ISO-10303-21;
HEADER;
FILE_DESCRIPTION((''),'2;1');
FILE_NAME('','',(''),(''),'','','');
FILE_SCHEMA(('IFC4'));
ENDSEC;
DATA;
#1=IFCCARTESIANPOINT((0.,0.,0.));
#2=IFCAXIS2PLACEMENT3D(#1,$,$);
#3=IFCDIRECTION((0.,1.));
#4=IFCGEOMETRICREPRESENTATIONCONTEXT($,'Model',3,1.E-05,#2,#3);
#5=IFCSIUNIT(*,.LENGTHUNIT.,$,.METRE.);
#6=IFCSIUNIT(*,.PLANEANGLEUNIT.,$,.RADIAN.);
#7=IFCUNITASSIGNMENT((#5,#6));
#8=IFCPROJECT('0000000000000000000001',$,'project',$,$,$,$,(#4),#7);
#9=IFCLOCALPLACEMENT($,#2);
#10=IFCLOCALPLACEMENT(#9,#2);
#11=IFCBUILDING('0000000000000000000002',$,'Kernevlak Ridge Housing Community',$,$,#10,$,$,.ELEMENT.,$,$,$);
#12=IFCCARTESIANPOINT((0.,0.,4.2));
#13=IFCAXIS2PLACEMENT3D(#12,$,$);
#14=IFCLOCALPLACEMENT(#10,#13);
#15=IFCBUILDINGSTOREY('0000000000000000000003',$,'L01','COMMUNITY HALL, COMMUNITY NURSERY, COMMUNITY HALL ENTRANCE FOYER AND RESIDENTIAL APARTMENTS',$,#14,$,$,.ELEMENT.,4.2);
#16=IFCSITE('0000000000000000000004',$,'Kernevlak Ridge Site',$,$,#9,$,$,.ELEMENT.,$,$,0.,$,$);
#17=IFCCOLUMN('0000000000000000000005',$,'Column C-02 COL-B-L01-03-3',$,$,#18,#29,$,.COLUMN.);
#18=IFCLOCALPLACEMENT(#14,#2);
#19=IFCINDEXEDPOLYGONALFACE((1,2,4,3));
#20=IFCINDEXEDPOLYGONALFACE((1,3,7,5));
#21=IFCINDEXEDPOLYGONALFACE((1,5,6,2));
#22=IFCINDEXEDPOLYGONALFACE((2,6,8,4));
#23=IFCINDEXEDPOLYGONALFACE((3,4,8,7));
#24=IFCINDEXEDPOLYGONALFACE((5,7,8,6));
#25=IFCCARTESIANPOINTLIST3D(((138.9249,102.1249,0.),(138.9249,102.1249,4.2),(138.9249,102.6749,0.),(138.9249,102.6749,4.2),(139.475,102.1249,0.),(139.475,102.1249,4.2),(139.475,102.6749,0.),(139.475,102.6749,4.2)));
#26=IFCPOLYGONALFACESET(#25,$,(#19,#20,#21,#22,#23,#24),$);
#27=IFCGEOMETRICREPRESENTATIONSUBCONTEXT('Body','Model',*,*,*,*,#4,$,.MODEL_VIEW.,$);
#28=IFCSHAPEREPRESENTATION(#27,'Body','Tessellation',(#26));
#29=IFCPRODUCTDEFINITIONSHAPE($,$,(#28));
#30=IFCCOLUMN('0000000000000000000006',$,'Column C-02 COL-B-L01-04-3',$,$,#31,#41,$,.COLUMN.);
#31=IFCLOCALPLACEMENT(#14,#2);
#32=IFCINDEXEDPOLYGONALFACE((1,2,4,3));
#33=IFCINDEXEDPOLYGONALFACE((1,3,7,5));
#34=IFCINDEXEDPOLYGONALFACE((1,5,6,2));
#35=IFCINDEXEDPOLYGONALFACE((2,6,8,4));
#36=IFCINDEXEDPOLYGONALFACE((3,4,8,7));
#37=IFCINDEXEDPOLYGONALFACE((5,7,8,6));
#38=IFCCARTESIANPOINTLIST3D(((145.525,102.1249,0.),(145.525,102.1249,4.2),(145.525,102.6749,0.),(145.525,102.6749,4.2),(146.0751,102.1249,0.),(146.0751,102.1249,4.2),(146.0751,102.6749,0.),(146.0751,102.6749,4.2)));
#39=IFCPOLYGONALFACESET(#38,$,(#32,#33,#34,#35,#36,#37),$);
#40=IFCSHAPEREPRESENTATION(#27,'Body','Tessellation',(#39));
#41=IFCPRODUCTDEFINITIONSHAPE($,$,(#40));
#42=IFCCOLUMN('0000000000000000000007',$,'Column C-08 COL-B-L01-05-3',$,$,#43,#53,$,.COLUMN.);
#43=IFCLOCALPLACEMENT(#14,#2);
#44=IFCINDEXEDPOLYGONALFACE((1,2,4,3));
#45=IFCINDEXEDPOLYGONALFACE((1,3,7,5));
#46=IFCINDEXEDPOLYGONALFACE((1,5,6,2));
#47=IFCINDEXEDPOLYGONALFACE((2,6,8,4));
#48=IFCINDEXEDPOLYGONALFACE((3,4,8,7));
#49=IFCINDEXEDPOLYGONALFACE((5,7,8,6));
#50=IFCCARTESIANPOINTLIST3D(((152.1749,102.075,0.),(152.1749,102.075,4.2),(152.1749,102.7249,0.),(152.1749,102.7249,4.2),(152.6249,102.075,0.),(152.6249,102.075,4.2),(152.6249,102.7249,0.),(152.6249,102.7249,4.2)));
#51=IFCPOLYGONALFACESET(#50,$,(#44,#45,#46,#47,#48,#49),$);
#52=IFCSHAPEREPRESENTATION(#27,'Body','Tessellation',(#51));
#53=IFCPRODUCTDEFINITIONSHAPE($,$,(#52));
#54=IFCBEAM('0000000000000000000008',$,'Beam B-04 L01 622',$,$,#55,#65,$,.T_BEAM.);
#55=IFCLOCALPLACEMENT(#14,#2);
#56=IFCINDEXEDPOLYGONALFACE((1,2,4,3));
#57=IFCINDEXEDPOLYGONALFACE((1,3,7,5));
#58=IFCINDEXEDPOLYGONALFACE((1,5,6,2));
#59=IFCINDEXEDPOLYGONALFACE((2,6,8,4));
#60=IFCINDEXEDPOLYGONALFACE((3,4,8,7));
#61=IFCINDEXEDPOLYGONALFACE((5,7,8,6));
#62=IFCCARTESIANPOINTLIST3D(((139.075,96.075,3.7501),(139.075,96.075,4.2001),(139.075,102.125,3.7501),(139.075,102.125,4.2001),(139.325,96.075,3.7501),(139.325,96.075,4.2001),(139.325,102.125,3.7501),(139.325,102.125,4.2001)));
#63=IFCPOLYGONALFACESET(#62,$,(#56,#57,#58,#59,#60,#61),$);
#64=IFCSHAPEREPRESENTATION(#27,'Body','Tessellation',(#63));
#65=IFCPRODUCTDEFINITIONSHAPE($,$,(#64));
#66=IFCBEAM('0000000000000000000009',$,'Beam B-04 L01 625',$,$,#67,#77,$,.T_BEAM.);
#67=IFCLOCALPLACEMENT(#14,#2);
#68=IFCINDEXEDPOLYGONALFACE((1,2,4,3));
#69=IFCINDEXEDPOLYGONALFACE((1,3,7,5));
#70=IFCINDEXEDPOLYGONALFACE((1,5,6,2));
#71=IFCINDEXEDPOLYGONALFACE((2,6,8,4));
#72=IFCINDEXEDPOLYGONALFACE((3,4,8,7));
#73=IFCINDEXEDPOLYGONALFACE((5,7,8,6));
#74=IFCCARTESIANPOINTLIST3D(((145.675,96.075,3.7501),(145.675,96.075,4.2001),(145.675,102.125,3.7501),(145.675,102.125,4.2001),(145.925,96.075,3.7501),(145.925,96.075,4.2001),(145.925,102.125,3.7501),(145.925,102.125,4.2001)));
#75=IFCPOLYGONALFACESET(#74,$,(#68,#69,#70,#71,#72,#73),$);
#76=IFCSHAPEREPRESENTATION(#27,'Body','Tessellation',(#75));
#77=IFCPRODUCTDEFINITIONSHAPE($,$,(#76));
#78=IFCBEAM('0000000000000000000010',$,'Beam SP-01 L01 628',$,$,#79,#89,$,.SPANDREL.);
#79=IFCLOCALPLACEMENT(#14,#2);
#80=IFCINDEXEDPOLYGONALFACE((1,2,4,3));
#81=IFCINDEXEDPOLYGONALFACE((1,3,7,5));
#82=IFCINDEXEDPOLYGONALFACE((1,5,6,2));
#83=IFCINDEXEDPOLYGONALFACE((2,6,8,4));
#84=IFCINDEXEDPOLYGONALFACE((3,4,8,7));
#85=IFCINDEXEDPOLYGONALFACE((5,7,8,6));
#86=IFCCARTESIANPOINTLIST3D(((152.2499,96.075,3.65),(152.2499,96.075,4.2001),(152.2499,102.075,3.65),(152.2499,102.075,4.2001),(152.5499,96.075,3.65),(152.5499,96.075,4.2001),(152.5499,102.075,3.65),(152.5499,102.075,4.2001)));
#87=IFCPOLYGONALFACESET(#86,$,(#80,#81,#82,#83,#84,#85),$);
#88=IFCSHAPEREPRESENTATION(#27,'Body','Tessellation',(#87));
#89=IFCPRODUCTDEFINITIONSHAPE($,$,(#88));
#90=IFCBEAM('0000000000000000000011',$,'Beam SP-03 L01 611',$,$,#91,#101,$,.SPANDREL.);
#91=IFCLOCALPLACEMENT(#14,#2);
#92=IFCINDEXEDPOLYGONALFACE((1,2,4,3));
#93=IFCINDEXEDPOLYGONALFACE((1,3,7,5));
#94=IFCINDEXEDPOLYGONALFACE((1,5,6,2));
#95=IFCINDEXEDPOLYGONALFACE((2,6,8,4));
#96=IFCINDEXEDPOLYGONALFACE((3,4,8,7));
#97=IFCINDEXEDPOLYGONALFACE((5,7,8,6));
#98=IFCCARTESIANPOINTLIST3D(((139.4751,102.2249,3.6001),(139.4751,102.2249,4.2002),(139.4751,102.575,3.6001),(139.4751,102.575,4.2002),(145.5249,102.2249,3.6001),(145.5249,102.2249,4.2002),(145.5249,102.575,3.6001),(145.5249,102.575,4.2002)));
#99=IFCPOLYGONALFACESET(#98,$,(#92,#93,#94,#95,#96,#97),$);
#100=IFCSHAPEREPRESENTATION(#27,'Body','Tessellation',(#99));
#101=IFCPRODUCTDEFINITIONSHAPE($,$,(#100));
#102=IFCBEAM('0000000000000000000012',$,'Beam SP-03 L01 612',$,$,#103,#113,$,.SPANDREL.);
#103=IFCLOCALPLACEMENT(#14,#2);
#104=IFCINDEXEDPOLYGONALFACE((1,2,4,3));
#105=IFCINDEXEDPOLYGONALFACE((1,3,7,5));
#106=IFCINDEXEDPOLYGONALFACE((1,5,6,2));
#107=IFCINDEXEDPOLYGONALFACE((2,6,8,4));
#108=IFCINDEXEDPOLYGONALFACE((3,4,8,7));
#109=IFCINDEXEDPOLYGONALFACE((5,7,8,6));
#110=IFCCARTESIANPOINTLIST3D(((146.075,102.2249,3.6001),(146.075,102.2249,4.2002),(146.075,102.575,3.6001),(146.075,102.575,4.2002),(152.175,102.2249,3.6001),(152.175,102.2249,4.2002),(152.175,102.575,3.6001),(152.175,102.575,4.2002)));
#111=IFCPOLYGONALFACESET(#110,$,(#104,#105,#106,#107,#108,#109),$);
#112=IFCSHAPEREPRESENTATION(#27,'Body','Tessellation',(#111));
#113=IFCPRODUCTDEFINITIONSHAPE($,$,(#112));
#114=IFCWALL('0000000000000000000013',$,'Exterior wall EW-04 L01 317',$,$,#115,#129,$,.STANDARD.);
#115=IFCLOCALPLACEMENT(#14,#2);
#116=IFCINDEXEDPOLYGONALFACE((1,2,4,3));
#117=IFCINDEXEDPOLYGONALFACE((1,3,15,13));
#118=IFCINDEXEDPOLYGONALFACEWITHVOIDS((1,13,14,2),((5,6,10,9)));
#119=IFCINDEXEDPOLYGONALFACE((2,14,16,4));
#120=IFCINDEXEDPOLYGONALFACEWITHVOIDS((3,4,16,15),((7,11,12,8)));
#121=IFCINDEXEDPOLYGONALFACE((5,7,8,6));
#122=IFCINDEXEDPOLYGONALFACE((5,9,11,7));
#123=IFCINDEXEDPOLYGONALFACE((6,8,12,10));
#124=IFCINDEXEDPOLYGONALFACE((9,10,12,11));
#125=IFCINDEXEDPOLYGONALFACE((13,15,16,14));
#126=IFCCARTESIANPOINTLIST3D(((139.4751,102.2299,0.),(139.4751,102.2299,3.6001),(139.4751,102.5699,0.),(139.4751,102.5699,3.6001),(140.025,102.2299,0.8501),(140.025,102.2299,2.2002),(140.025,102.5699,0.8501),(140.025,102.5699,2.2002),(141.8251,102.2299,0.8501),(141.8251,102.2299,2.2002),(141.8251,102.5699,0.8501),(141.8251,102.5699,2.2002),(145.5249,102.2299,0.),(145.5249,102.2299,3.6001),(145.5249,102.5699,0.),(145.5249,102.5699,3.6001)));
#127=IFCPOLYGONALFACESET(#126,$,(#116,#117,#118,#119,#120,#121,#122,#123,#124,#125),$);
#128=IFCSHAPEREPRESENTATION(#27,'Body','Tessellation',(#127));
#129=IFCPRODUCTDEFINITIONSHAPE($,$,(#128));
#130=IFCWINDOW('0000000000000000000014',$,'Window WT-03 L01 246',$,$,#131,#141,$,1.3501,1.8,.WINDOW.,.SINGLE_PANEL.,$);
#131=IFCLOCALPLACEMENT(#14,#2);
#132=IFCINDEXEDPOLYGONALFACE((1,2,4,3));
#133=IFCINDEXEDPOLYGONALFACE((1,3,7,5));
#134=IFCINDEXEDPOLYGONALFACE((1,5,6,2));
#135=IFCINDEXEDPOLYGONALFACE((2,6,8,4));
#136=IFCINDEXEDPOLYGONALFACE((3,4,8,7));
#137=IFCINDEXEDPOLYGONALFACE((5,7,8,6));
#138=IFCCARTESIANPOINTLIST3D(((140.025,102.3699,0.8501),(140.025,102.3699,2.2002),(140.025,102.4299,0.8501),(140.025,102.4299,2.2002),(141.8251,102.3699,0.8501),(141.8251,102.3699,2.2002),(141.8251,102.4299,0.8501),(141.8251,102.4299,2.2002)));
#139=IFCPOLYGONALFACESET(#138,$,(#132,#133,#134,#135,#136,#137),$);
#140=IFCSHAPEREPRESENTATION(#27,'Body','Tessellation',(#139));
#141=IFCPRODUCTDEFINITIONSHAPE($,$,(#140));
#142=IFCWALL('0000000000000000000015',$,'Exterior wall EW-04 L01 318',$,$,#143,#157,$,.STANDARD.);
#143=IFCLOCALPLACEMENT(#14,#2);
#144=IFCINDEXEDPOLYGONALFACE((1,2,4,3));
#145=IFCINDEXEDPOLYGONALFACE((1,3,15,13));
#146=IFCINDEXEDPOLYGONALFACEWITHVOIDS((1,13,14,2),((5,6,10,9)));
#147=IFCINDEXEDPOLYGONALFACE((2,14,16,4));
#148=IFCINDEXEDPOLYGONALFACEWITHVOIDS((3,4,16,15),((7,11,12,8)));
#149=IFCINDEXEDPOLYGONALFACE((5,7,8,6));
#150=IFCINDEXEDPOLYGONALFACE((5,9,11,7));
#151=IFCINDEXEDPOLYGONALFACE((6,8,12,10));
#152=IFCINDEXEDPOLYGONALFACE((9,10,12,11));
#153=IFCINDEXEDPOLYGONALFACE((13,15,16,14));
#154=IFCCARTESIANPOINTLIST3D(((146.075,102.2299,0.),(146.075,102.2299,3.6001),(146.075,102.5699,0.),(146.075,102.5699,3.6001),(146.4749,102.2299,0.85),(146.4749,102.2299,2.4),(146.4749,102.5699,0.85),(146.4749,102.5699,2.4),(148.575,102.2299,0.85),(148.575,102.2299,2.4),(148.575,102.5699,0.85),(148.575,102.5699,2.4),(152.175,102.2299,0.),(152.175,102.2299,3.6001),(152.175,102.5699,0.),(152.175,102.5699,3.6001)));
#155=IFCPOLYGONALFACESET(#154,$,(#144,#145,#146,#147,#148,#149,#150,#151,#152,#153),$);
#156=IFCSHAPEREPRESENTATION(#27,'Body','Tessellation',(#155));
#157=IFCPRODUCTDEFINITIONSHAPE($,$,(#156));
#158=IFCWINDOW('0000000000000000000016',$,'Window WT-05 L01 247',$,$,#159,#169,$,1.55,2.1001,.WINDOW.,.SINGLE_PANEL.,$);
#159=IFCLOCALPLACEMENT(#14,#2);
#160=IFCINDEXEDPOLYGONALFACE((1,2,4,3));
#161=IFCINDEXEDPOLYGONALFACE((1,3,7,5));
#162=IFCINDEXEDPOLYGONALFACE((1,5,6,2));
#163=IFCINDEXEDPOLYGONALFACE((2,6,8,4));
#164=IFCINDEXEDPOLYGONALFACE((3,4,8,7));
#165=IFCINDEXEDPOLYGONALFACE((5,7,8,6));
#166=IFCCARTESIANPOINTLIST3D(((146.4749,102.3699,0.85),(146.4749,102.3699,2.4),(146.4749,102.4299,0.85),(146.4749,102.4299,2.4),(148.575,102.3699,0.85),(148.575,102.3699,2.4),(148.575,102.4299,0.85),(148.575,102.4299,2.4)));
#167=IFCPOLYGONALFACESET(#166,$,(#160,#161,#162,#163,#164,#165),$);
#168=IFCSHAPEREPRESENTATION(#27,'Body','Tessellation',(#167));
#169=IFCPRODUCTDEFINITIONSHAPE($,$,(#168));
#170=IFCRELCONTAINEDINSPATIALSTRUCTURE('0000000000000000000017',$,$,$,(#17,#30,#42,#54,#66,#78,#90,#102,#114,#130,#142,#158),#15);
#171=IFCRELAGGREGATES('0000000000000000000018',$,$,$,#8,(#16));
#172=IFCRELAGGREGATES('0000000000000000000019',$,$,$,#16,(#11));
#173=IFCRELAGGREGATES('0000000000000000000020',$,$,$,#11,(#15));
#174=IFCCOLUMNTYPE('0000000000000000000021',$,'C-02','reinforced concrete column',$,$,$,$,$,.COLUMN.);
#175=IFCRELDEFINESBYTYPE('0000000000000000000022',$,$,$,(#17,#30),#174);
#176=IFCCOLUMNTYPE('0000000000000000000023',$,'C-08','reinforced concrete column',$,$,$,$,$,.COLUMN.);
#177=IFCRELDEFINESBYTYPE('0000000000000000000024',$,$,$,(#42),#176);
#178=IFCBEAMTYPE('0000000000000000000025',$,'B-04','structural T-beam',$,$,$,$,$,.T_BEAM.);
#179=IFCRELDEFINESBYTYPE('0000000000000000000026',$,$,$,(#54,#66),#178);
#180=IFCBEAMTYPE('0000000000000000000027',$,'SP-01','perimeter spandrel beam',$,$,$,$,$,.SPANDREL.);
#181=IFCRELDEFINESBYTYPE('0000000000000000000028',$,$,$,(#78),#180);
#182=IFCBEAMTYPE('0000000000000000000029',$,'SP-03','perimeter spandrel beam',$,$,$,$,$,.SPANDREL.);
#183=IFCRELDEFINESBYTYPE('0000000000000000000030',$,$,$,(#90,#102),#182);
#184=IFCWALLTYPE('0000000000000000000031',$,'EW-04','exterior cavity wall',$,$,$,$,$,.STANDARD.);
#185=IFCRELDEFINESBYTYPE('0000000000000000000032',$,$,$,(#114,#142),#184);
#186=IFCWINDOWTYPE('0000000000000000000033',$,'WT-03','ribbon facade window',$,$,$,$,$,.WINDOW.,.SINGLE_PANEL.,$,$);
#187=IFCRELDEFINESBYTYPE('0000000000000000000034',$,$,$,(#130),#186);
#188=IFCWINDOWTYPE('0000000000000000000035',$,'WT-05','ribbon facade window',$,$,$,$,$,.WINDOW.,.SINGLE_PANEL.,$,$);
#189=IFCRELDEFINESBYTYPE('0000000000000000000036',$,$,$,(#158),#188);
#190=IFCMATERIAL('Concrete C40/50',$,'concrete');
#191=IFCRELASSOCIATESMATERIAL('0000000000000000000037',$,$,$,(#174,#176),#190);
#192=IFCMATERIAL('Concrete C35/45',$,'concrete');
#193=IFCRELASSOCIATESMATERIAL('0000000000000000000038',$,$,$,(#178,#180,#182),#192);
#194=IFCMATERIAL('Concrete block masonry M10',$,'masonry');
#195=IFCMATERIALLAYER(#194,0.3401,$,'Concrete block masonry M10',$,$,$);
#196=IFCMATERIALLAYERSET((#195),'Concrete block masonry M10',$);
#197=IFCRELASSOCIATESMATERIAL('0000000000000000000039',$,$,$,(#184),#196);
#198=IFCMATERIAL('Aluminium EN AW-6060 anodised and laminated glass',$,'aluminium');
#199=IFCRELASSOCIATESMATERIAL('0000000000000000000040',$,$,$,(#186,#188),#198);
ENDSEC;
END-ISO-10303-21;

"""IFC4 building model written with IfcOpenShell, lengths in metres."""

from ifc_helpers import new_model, si_unit, direction, frame, frame_2d, origin, origin_2d, place, context, subcontext, project, spatial, rectangle, extrude, material, layer, layer_set, material_profile, profile_set, type_object, element, fill, save


model = new_model("IFC4")

# Units and contexts
model_context = context("Model", 3, precision=1e-05, world=origin(), true_north=direction((0.0, 1.0)))
body_context = subcontext(model_context, "Body", "Model", "MODEL_VIEW")
ifc_project = project(units=[si_unit("LENGTHUNIT", "METRE"), si_unit("PLANEANGLEUNIT", "RADIAN")], contexts=[model_context])

# Site, building, storey
site_placement = place(None, origin())
site = spatial("IfcSite", under=ifc_project, at=site_placement, Name="Kernevlak Ridge Site", CompositionType="ELEMENT", RefElevation=0.0)
building_placement = place(site_placement, origin())
building = spatial("IfcBuilding", under=site, at=building_placement, Name="Kernevlak Ridge Housing Community", CompositionType="ELEMENT")
storey_placement = place(building_placement, frame((0.0, 0.0, 4.2)))
storey = spatial("IfcBuildingStorey", under=building, at=storey_placement, Name="L01", Description="COMMUNITY HALL, COMMUNITY NURSERY, COMMUNITY HALL ENTRANCE FOYER AND RESIDENTIAL APARTMENTS", CompositionType="ELEMENT", Elevation=4.2)

# Columns
ifc_material_1 = material(Name="Concrete C40/50", Category="concrete")
ifc_material_profile_1 = material_profile(ifc_material_1, rectangle(XDim=0.55, YDim=0.55, at=origin_2d()), Name="RC 550x550")
ifc_profile_set_1 = profile_set([ifc_material_profile_1], Name="Concrete C40/50")
column_type_1 = type_object("IfcColumnType", Name="C-02", Description="reinforced concrete column", PredefinedType="COLUMN", material=ifc_profile_set_1)
for number, where, z_axis, x_axis, name in (
    (1, (139.2, 102.3999, 0.0), (0.0, 0.0, 1.0), (1.0, 0.0, 0.0), "Column C-02 COL-B-L01-03-3"),
    (2, (145.8, 102.3999, 0.0), (0.0, 0.0, 1.0), (1.0, 0.0, 0.0), "Column C-02 COL-B-L01-04-3"),
):
    element("IfcColumn", number, at=place(storey_placement, frame(where, z_axis=z_axis, x_axis=x_axis)), inside=storey, type_object=column_type_1, Name=name, PredefinedType="COLUMN", context=body_context, shape_type="SweptSolid", body=[
        extrude(rectangle(XDim=0.55, YDim=0.55, at=origin_2d()), origin(), (0.0, 0.0, 1.0), 4.2),
    ])
ifc_material_profile_2 = material_profile(ifc_material_1, rectangle(XDim=0.45, YDim=0.6499, at=origin_2d()), Name="RC 450x650")
ifc_profile_set_2 = profile_set([ifc_material_profile_2], Name="Concrete C40/50")
column_type_2 = type_object("IfcColumnType", Name="C-08", Description="reinforced concrete column", PredefinedType="COLUMN", material=ifc_profile_set_2)
column_placement = place(storey_placement, frame((152.3999, 102.3999, 0.0), z_axis=(0.0, 0.0, 1.0), x_axis=(1.0, 0.0, 0.0)))
element("IfcColumn", 3, at=column_placement, inside=storey, type_object=column_type_2, Name="Column C-08 COL-B-L01-05-3", PredefinedType="COLUMN", context=body_context, shape_type="SweptSolid", body=[
    extrude(rectangle(XDim=0.45, YDim=0.6499, at=origin_2d()), origin(), (0.0, 0.0, 1.0), 4.2),
])

# Beams
ifc_material_2 = material(Name="Concrete C35/45", Category="concrete")
ifc_material_profile_3 = material_profile(ifc_material_2, rectangle(XDim=0.25, YDim=0.45, at=origin_2d()), Name="RC 250x450")
ifc_profile_set_3 = profile_set([ifc_material_profile_3], Name="Concrete C35/45")
beam_type_1 = type_object("IfcBeamType", Name="B-04", Description="structural T-beam", PredefinedType="T_BEAM", material=ifc_profile_set_3)
for number, where, z_axis, x_axis, name in (
    (4, (139.2, 96.075, 3.9751), (0.0, 1.0, 0.0), (-1.0, 0.0, 0.0), "Beam B-04 L01 622"),
    (5, (145.8, 96.075, 3.9751), (0.0, 1.0, 0.0), (-1.0, 0.0, 0.0), "Beam B-04 L01 625"),
):
    element("IfcBeam", number, at=place(storey_placement, frame(where, z_axis=z_axis, x_axis=x_axis)), inside=storey, type_object=beam_type_1, Name=name, PredefinedType="T_BEAM", context=body_context, shape_type="SweptSolid", body=[
        extrude(rectangle(XDim=0.25, YDim=0.45, at=origin_2d()), origin(), (0.0, 0.0, 1.0), 6.05),
    ])
ifc_material_profile_4 = material_profile(ifc_material_2, rectangle(XDim=0.3, YDim=0.55, at=origin_2d()), Name="RC 300x550")
ifc_profile_set_4 = profile_set([ifc_material_profile_4], Name="Concrete C35/45")
beam_type_2 = type_object("IfcBeamType", Name="SP-01", Description="perimeter spandrel beam", PredefinedType="SPANDREL", material=ifc_profile_set_4)
beam_1_placement = place(storey_placement, frame((152.3999, 96.075, 3.925), z_axis=(0.0, 1.0, 0.0), x_axis=(-1.0, 0.0, 0.0)))
element("IfcBeam", 6, at=beam_1_placement, inside=storey, type_object=beam_type_2, Name="Beam SP-01 L01 628", PredefinedType="SPANDREL", context=body_context, shape_type="SweptSolid", body=[
    extrude(rectangle(XDim=0.3, YDim=0.55, at=origin_2d()), origin(), (0.0, 0.0, 1.0), 6.0),
])
ifc_material_profile_5 = material_profile(ifc_material_2, rectangle(XDim=0.3501, YDim=0.6001, at=origin_2d()), Name="RC 350x600")
ifc_profile_set_5 = profile_set([ifc_material_profile_5], Name="Concrete C35/45")
beam_type_3 = type_object("IfcBeamType", Name="SP-03", Description="perimeter spandrel beam", PredefinedType="SPANDREL", material=ifc_profile_set_5)
beam_2_placement = place(storey_placement, frame((139.4751, 102.3999, 3.9001), z_axis=(1.0, 0.0, 0.0), x_axis=(0.0, 1.0, 0.0)))
element("IfcBeam", 7, at=beam_2_placement, inside=storey, type_object=beam_type_3, Name="Beam SP-03 L01 611", PredefinedType="SPANDREL", context=body_context, shape_type="SweptSolid", body=[
    extrude(rectangle(XDim=0.3501, YDim=0.6001, at=origin_2d()), origin(), (0.0, 0.0, 1.0), 6.0498),
])
beam_3_placement = place(storey_placement, frame((146.075, 102.3999, 3.9001), z_axis=(1.0, 0.0, 0.0), x_axis=(0.0, 1.0, 0.0)))
element("IfcBeam", 8, at=beam_3_placement, inside=storey, type_object=beam_type_3, Name="Beam SP-03 L01 612", PredefinedType="SPANDREL", context=body_context, shape_type="SweptSolid", body=[
    extrude(rectangle(XDim=0.3501, YDim=0.6001, at=origin_2d()), origin(), (0.0, 0.0, 1.0), 6.1001),
])

# Walls, openings, windows
ifc_material_3 = material(Name="Concrete block masonry M10", Category="masonry")
ifc_layer_1 = layer(ifc_material_3, 0.3401, Name="Concrete block masonry M10")
ifc_layer_set_1 = layer_set([ifc_layer_1], Name="Concrete block masonry M10")
wall_type_1 = type_object("IfcWallType", Name="EW-04", Description="exterior cavity wall", PredefinedType="STANDARD", material=ifc_layer_set_1)
wall_1_placement = place(storey_placement, frame((139.4751, 102.3999, 0.0), z_axis=(0.0, 0.0, 1.0), x_axis=(1.0, 0.0, 0.0)))
wall_1 = element("IfcWall", 9, at=wall_1_placement, inside=storey, type_object=wall_type_1, Name="Exterior wall EW-04 L01 317", PredefinedType="STANDARD", context=body_context, shape_type="SweptSolid", body=[
    extrude(rectangle(XDim=6.0498, YDim=0.3401, at=frame_2d((3.0249, 0.0))), origin(), (0.0, 0.0, 1.0), 3.6001),
])
opening_1_placement = place(wall_1_placement, frame((0.55, 0.0, 0.8501)))
opening_1 = element("IfcOpeningElement", 10, at=opening_1_placement, cuts=wall_1, PredefinedType="OPENING", context=body_context, shape_type="SweptSolid", body=[
    extrude(rectangle(XDim=1.8, YDim=1.3501, at=frame_2d((0.8999, 0.675))), frame((0.0, 0.1799, 0.0), z_axis=(0.0, -1.0, 0.0), x_axis=(1.0, 0.0, 0.0)), (0.0, 0.0, 1.0), 0.3601),
])
ifc_material_4 = material(Name="Aluminium EN AW-6060 anodised and laminated glass", Category="aluminium")
window_type_1 = type_object("IfcWindowType", Name="WT-03", Description="ribbon facade window", PartitioningType="SINGLE_PANEL", PredefinedType="WINDOW", material=ifc_material_4)
window_1_placement = place(opening_1_placement, origin())
window_1 = element("IfcWindow", 11, at=window_1_placement, inside=storey, type_object=window_type_1, Name="Window WT-03 L01 246", OverallHeight=1.3501, OverallWidth=1.8, PartitioningType="SINGLE_PANEL", PredefinedType="WINDOW", context=body_context, shape_type="SweptSolid", body=[
    extrude(rectangle(XDim=1.8, YDim=1.3501, at=frame_2d((0.8999, 0.675))), frame((0.0, 0.03, 0.0), z_axis=(0.0, -1.0, 0.0), x_axis=(1.0, 0.0, 0.0)), (0.0, 0.0, 1.0), 0.0601),
])
fill(opening_1, window_1)
wall_2_placement = place(storey_placement, frame((146.075, 102.3999, 0.0), z_axis=(0.0, 0.0, 1.0), x_axis=(1.0, 0.0, 0.0)))
wall_2 = element("IfcWall", 12, at=wall_2_placement, inside=storey, type_object=wall_type_1, Name="Exterior wall EW-04 L01 318", PredefinedType="STANDARD", context=body_context, shape_type="SweptSolid", body=[
    extrude(rectangle(XDim=6.1001, YDim=0.3401, at=frame_2d((3.05, 0.0))), origin(), (0.0, 0.0, 1.0), 3.6001),
])
opening_2_placement = place(wall_2_placement, frame((0.3999, 0.0, 0.8501)))
opening_2 = element("IfcOpeningElement", 13, at=opening_2_placement, cuts=wall_2, PredefinedType="OPENING", context=body_context, shape_type="SweptSolid", body=[
    extrude(rectangle(XDim=2.1001, YDim=1.55, at=frame_2d((1.05, 0.7749))), frame((0.0, 0.1799, 0.0), z_axis=(0.0, -1.0, 0.0), x_axis=(1.0, 0.0, 0.0)), (0.0, 0.0, 1.0), 0.3601),
])
window_type_2 = type_object("IfcWindowType", Name="WT-05", Description="ribbon facade window", PartitioningType="SINGLE_PANEL", PredefinedType="WINDOW", material=ifc_material_4)
window_2_placement = place(opening_2_placement, origin())
window_2 = element("IfcWindow", 14, at=window_2_placement, inside=storey, type_object=window_type_2, Name="Window WT-05 L01 247", OverallHeight=1.55, OverallWidth=2.1001, PartitioningType="SINGLE_PANEL", PredefinedType="WINDOW", context=body_context, shape_type="SweptSolid", body=[
    extrude(rectangle(XDim=2.1001, YDim=1.55, at=frame_2d((1.05, 0.7749))), frame((0.0, 0.03, 0.0), z_axis=(0.0, -1.0, 0.0), x_axis=(1.0, 0.0, 0.0)), (0.0, 0.0, 1.0), 0.0601),
])
fill(opening_2, window_2)

save(model, "model.ifc")
